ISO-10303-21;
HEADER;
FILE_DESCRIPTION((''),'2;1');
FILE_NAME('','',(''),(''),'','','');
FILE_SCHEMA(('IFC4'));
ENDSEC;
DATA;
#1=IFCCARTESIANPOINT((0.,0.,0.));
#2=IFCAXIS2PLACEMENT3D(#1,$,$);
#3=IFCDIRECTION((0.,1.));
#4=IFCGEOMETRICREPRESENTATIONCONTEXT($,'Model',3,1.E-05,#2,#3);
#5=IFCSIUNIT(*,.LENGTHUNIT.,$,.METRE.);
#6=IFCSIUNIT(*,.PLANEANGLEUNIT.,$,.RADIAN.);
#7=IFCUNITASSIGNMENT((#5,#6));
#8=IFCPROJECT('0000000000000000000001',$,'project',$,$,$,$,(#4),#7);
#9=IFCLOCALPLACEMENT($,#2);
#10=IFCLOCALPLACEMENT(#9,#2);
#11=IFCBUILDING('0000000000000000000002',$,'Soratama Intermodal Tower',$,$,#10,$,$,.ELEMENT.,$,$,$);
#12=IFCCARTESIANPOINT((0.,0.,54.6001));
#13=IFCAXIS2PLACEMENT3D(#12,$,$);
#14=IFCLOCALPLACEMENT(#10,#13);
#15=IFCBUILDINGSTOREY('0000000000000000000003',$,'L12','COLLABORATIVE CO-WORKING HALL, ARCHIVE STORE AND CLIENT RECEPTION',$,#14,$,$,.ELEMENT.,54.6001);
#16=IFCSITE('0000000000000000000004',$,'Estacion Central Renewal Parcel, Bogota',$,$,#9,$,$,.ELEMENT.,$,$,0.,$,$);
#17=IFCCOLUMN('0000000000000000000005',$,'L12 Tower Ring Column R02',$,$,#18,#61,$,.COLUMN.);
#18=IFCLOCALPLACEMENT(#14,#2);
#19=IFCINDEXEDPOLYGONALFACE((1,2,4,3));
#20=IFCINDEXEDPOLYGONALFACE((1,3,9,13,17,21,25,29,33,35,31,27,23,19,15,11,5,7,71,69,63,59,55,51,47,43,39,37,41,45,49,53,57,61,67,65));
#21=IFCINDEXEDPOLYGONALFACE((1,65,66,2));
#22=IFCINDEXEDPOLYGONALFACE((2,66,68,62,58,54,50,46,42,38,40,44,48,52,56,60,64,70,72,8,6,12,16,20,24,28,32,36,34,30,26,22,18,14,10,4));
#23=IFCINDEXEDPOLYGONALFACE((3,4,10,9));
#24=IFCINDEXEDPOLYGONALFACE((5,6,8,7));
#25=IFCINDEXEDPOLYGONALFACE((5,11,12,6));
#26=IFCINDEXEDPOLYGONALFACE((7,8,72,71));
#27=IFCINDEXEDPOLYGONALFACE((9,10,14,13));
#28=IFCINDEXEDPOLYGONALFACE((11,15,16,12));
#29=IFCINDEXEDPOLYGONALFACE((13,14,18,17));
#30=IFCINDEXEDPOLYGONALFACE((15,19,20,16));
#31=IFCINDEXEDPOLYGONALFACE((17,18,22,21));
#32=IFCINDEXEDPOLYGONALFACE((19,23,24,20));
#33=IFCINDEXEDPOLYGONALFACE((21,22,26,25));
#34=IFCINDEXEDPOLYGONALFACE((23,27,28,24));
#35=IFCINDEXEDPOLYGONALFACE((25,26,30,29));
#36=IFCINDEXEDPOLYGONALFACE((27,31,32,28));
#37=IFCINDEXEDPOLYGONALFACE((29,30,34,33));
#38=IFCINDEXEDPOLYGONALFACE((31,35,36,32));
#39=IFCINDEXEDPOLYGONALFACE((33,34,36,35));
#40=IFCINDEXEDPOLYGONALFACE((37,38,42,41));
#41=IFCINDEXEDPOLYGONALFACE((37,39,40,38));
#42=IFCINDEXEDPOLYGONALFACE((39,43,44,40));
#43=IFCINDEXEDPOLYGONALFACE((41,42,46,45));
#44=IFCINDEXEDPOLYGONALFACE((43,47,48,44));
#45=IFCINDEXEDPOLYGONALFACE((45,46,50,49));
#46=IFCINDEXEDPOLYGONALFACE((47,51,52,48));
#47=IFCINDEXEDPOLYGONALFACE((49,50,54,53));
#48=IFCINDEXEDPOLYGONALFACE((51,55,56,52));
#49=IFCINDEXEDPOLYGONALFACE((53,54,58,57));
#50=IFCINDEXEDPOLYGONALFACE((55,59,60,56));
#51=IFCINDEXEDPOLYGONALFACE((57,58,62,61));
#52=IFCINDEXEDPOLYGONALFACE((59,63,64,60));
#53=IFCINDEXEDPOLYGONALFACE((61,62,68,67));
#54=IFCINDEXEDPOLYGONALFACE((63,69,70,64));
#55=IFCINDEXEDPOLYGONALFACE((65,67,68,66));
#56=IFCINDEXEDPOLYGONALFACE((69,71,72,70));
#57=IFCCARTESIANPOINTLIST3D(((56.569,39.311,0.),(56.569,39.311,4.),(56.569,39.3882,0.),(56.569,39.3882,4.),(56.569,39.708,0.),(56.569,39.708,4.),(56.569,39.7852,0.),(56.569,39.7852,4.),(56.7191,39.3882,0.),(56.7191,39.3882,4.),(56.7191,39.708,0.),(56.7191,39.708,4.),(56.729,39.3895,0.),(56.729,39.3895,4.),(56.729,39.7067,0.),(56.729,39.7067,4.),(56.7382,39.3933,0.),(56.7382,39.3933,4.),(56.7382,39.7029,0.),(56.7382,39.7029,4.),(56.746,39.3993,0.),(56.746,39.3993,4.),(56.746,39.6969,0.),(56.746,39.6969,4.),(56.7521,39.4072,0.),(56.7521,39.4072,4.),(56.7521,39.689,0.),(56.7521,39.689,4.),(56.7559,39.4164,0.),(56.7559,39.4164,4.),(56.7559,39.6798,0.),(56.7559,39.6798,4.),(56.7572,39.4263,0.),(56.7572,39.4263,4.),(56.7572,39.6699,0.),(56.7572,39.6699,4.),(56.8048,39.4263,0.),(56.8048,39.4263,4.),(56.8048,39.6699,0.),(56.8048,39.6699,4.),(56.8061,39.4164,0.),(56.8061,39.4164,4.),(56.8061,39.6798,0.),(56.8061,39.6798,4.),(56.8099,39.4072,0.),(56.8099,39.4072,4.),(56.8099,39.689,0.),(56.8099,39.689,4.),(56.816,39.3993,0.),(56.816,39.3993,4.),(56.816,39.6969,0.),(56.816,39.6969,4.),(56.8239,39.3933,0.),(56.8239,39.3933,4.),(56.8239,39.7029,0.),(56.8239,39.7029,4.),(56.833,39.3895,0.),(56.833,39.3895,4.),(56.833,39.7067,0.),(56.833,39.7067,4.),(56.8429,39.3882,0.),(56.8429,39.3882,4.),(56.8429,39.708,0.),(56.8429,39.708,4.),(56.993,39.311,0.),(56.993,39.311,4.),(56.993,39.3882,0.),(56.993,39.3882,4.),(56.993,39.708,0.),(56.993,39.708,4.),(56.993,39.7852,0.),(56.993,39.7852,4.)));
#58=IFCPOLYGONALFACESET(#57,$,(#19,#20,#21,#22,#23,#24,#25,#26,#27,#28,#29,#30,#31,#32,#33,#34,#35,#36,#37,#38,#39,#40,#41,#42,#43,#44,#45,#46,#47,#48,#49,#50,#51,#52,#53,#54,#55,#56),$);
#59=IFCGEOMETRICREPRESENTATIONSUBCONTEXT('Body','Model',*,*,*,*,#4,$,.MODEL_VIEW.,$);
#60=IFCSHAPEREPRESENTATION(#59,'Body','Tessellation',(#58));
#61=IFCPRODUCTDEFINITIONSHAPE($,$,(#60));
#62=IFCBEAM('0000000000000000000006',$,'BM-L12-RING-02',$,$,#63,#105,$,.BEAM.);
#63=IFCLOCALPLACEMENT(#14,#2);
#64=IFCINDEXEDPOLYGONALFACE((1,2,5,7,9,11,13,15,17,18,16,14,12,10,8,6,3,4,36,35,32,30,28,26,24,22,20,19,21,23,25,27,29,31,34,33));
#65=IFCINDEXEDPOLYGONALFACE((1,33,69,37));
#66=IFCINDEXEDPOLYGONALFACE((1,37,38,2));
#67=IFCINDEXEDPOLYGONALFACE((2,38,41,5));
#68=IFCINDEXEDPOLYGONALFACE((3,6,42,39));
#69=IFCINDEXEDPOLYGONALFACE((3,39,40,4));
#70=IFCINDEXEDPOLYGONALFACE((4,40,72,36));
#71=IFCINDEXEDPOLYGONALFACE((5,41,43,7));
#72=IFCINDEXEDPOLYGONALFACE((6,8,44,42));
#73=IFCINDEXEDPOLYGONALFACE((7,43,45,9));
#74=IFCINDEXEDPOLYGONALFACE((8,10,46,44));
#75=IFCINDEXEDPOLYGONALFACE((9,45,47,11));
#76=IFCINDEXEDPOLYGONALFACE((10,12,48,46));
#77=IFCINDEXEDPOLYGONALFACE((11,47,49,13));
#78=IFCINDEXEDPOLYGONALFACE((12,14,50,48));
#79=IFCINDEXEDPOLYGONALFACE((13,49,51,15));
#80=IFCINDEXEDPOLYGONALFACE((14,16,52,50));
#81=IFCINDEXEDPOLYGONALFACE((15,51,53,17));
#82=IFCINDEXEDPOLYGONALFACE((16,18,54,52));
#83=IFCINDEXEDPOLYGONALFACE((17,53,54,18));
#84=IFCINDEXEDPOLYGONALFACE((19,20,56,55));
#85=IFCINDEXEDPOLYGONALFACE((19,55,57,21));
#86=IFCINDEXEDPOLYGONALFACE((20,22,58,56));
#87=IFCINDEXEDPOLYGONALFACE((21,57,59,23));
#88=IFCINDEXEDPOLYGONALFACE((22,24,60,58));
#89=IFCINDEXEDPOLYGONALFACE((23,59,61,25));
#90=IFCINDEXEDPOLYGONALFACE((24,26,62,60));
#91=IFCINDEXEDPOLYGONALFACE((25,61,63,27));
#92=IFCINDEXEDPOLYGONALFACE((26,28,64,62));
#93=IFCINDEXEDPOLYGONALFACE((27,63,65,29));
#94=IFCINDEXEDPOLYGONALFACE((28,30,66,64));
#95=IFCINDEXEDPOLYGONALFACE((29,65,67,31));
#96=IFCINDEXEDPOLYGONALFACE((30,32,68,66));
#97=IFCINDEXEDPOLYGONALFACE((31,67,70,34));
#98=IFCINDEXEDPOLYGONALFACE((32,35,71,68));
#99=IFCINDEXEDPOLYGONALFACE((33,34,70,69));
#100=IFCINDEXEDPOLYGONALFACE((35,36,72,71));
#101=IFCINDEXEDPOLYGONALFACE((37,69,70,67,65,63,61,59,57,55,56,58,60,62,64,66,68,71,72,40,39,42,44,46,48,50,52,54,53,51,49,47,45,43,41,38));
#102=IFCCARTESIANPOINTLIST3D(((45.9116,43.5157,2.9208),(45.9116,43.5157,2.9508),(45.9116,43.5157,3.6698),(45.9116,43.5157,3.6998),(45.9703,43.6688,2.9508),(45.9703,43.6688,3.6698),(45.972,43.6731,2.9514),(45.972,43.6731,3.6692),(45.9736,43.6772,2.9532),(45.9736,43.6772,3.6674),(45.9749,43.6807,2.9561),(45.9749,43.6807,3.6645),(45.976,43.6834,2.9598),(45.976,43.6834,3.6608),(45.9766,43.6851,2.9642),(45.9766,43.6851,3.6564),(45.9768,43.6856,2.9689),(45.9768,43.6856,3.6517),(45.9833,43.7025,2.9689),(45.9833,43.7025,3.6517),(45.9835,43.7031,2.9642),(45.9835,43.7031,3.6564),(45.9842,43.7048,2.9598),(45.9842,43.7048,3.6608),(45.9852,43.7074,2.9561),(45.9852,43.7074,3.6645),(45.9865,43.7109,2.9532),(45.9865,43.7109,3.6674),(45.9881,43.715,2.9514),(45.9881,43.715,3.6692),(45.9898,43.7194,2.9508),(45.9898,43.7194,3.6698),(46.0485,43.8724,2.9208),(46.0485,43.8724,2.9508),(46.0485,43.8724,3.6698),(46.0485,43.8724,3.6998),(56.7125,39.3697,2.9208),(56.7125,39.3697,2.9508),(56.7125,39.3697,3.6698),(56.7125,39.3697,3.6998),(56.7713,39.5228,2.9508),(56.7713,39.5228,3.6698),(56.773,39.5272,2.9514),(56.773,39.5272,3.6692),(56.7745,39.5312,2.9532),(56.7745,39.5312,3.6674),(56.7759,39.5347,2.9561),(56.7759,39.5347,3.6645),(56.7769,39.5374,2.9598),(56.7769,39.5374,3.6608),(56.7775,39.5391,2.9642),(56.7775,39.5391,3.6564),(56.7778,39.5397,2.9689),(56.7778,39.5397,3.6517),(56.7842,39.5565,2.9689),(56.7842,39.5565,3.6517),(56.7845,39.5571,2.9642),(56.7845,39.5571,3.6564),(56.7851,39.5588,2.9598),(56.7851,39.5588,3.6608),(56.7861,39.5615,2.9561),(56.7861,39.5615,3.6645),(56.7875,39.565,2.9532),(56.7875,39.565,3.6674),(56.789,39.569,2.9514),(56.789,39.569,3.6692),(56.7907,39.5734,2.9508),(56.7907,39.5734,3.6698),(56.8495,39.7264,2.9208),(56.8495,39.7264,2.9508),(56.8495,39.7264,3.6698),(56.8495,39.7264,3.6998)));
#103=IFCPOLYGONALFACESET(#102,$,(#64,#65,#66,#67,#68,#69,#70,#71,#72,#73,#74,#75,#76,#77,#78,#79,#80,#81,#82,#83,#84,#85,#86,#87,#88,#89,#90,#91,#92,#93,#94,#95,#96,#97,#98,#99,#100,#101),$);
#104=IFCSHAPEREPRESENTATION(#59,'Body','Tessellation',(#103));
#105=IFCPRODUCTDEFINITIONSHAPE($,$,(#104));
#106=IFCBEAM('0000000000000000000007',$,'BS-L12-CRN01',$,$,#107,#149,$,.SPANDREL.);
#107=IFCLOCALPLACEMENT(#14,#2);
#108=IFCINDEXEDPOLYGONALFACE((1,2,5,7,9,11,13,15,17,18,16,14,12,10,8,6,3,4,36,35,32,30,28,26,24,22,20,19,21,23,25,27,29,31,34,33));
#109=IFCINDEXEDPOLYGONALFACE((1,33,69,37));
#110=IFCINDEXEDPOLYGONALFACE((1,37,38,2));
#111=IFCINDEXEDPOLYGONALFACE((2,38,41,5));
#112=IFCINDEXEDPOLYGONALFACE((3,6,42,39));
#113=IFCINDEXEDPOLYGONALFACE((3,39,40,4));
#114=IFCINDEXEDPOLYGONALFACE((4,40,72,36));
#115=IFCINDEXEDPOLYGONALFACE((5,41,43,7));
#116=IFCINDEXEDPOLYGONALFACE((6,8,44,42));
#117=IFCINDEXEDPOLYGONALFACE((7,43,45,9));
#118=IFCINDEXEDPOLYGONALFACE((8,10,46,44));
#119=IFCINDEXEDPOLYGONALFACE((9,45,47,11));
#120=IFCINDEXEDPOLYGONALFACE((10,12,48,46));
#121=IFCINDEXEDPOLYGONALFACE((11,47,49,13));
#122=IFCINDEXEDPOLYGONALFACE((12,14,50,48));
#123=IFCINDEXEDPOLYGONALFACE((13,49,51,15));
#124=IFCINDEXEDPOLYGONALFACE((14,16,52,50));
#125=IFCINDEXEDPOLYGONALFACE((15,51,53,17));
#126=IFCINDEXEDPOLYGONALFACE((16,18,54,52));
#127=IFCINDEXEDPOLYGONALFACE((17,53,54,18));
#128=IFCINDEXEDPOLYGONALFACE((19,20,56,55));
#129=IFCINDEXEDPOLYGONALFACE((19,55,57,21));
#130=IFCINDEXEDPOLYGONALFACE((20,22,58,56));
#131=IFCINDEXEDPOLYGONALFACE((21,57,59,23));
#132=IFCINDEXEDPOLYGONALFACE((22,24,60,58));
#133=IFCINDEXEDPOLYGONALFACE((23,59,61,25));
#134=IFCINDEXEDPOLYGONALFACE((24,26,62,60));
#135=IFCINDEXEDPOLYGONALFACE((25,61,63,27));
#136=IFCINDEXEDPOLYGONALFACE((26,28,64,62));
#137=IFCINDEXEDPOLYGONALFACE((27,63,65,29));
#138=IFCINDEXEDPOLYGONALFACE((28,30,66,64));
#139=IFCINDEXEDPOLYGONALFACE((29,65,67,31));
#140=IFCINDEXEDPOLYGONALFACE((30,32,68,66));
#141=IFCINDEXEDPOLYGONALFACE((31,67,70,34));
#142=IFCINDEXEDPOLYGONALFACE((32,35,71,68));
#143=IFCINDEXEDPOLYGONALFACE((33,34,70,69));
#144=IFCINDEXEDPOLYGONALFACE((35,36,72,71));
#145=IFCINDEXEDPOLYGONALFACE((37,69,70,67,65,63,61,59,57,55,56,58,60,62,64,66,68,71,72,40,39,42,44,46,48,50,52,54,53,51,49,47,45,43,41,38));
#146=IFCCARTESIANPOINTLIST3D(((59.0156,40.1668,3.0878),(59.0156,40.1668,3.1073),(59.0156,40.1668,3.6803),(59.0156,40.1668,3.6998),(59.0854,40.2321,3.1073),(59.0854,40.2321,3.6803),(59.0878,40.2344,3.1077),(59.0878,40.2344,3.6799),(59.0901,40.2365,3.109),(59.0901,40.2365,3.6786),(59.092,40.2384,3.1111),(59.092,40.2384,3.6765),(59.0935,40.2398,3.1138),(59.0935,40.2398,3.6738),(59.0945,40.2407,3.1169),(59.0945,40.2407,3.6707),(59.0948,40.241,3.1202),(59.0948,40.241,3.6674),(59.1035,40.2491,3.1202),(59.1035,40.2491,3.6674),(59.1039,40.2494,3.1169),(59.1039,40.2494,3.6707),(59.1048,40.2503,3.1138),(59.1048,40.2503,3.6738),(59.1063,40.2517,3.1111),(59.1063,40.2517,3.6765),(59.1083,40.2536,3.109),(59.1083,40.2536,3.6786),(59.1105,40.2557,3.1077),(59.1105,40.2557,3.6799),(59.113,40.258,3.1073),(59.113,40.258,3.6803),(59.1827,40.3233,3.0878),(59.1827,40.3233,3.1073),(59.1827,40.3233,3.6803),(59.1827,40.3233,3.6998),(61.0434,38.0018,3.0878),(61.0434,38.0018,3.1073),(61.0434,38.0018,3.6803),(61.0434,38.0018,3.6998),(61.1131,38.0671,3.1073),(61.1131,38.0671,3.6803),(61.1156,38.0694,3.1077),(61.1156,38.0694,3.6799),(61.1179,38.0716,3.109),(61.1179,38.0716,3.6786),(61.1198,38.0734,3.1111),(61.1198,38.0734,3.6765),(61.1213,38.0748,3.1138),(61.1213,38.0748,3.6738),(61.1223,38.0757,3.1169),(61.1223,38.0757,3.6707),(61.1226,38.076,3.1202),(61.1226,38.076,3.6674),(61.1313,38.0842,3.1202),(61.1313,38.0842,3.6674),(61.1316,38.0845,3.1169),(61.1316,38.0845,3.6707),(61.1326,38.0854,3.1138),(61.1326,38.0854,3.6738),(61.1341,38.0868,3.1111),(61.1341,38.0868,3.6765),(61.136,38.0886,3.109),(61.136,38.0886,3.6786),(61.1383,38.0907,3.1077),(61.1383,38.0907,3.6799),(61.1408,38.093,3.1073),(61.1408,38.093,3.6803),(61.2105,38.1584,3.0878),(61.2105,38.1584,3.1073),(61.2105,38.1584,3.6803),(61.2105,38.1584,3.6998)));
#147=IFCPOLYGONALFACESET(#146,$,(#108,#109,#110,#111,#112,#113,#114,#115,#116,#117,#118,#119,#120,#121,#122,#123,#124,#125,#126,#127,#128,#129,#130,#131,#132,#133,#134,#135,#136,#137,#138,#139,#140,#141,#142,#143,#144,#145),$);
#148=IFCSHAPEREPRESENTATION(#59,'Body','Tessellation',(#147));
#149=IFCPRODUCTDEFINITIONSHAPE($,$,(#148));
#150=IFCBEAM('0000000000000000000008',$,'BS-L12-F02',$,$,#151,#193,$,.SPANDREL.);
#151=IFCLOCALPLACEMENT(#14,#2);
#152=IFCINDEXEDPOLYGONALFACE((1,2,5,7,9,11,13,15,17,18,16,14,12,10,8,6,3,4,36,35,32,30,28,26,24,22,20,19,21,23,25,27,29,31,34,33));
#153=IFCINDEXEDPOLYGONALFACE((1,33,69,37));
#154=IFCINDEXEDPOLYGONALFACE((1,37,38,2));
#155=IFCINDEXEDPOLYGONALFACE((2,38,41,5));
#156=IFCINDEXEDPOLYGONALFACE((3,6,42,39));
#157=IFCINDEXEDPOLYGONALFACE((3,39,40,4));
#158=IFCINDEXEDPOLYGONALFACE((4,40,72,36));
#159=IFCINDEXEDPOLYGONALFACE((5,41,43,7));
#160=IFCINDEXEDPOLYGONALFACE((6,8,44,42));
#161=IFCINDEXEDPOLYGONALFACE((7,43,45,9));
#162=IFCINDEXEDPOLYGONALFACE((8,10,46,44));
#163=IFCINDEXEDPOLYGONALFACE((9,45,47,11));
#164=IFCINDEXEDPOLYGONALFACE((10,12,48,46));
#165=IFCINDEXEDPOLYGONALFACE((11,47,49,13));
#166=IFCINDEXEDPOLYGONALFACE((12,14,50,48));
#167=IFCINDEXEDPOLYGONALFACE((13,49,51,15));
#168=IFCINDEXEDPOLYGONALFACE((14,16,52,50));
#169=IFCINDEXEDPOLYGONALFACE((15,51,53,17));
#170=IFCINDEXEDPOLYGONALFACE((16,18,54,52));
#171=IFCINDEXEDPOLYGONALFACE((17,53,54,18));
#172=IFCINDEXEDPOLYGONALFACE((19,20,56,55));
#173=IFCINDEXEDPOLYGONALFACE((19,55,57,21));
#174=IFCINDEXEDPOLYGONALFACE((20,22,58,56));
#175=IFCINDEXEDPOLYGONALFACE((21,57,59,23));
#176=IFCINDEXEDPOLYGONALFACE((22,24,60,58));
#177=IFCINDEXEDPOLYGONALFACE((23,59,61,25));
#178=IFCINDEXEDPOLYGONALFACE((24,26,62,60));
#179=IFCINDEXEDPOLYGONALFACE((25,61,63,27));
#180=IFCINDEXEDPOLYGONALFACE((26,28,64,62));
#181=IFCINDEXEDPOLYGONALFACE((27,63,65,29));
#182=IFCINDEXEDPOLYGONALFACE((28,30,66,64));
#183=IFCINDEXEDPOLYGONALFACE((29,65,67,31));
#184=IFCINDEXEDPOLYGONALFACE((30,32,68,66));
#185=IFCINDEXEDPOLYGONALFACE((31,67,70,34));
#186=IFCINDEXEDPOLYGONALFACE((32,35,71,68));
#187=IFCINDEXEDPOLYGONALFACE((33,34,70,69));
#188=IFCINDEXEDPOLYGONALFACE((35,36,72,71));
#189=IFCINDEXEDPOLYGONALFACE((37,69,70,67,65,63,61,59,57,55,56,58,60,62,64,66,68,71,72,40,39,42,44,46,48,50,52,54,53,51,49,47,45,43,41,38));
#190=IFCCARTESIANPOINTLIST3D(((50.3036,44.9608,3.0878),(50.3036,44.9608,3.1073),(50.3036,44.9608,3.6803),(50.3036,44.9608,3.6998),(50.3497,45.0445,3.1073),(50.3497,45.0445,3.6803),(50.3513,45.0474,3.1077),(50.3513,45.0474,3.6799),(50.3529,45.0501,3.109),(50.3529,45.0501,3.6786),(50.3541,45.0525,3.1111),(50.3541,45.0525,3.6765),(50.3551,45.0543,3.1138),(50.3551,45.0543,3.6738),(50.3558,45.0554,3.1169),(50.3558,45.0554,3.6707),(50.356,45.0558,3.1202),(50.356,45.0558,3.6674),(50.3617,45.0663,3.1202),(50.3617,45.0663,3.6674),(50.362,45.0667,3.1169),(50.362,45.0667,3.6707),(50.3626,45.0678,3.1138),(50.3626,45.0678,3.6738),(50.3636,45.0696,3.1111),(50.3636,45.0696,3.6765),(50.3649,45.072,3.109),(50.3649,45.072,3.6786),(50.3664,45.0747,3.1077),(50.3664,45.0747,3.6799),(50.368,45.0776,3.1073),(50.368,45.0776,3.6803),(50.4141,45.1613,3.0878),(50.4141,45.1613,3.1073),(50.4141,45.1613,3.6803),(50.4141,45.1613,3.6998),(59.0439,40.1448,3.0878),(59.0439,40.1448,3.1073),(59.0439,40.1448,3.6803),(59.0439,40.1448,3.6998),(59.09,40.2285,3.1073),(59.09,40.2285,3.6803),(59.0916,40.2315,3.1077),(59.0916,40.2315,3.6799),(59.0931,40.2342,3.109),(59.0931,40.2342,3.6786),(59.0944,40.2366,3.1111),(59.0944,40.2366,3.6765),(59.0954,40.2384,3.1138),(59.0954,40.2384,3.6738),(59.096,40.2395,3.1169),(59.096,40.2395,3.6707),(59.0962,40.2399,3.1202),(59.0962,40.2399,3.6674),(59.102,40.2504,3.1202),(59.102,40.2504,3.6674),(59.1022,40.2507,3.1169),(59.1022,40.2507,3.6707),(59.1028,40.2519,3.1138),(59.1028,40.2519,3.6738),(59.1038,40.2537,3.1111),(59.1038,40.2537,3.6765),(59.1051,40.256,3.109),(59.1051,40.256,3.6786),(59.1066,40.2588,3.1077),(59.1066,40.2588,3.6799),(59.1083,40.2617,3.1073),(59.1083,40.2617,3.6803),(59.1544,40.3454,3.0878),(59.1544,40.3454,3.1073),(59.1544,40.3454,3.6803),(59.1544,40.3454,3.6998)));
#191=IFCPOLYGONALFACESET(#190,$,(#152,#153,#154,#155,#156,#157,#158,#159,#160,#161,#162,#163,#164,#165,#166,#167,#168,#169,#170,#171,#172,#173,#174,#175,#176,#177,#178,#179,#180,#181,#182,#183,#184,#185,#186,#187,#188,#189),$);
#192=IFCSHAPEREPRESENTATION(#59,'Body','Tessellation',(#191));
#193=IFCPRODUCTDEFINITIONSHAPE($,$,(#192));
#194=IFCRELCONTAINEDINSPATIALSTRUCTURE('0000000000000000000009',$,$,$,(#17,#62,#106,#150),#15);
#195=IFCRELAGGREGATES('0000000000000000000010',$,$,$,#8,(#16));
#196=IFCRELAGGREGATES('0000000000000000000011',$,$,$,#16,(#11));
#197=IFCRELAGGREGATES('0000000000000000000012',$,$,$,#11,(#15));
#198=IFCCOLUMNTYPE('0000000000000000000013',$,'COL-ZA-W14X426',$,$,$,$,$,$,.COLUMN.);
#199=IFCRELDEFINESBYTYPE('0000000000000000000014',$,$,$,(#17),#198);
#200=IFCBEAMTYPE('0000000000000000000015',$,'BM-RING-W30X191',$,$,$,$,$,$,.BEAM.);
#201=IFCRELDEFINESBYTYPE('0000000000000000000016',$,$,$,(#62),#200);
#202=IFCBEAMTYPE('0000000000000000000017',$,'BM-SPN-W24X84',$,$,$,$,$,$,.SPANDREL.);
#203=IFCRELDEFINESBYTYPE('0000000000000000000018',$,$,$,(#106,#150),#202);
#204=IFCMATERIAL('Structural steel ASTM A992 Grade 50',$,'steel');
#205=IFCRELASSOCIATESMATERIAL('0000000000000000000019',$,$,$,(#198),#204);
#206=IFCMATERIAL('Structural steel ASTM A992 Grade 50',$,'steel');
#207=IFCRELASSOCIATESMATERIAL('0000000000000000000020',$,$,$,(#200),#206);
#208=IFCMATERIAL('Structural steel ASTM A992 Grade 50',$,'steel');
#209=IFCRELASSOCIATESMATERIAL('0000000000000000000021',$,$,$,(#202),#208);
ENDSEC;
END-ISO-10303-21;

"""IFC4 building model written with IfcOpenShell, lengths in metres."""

from ifc_helpers import new_model, si_unit, direction, frame, origin, origin_2d, place, context, subcontext, project, spatial, i_section, extrude, material, material_profile, profile_set, type_object, element, save


model = new_model("IFC4")

# Units and contexts
model_context = context("Model", 3, precision=1e-05, world=origin(), true_north=direction((0.0, 1.0)))
body_context = subcontext(model_context, "Body", "Model", "MODEL_VIEW")
ifc_project = project(units=[si_unit("LENGTHUNIT", "METRE"), si_unit("PLANEANGLEUNIT", "RADIAN")], contexts=[model_context])

# Site, building, storey
site_placement = place(None, origin())
site = spatial("IfcSite", under=ifc_project, at=site_placement, Name="Estacion Central Renewal Parcel, Bogota", CompositionType="ELEMENT", RefElevation=0.0)
building_placement = place(site_placement, origin())
building = spatial("IfcBuilding", under=site, at=building_placement, Name="Soratama Intermodal Tower", CompositionType="ELEMENT")
storey_placement = place(building_placement, frame((0.0, 0.0, 54.6001)))
storey = spatial("IfcBuildingStorey", under=building, at=storey_placement, Name="L12", Description="COLLABORATIVE CO-WORKING HALL, ARCHIVE STORE AND CLIENT RECEPTION", CompositionType="ELEMENT", Elevation=54.6001)

# Column
ifc_material_1 = material(Name="Structural steel ASTM A992 Grade 50", Category="steel")
ifc_material_profile_1 = material_profile(ifc_material_1, i_section(OverallWidth=0.4241, OverallDepth=0.4741, WebThickness=0.0476, FlangeThickness=0.0771, FilletRadius=0.0381, at=origin_2d()), Name="W14X426")
ifc_profile_set_1 = profile_set([ifc_material_profile_1], Name="Structural steel ASTM A992 Grade 50")
column_type = type_object("IfcColumnType", Name="COL-ZA-W14X426", PredefinedType="COLUMN", material=ifc_profile_set_1)
column_placement = place(storey_placement, frame((56.781, 39.5481, 0.0), z_axis=(0.0, 0.0, 1.0), x_axis=(1.0, 0.0, 0.0)))
element("IfcColumn", 1, at=column_placement, inside=storey, type_object=column_type, Name="L12 Tower Ring Column R02", PredefinedType="COLUMN", context=body_context, shape_type="SweptSolid", body=[
    extrude(i_section(OverallWidth=0.4241, OverallDepth=0.4741, WebThickness=0.0476, FlangeThickness=0.0771, FilletRadius=0.0381, at=origin_2d()), origin(), (0.0, 0.0, 1.0), 4.0),
])

# Beams
ifc_material_2 = material(Name="Structural steel ASTM A992 Grade 50", Category="steel")
ifc_material_profile_2 = material_profile(ifc_material_2, i_section(OverallWidth=0.3821, OverallDepth=0.7791, WebThickness=0.0181, FlangeThickness=0.03, FilletRadius=0.0181, at=origin_2d()), Name="W30X191")
ifc_profile_set_2 = profile_set([ifc_material_profile_2], Name="Structural steel ASTM A992 Grade 50")
beam_type_1 = type_object("IfcBeamType", Name="BM-RING-W30X191", PredefinedType="BEAM", material=ifc_profile_set_2)
beam_1_placement = place(storey_placement, frame((56.781, 39.5481, 3.3103), z_axis=(-0.933584, 0.358358, 0.0), x_axis=(-0.358358, -0.933584, 0.0)))
element("IfcBeam", 2, at=beam_1_placement, inside=storey, type_object=beam_type_1, Name="BM-L12-RING-02", PredefinedType="BEAM", context=body_context, shape_type="SweptSolid", body=[
    extrude(i_section(OverallWidth=0.3821, OverallDepth=0.7791, WebThickness=0.0181, FlangeThickness=0.03, FilletRadius=0.0181, at=origin_2d()), origin(), (0.0, 0.0, 1.0), 11.5693),
])
ifc_material_3 = material(Name="Structural steel ASTM A992 Grade 50", Category="steel")
ifc_material_profile_3 = material_profile(ifc_material_3, i_section(OverallWidth=0.229, OverallDepth=0.6121, WebThickness=0.012, FlangeThickness=0.0195, FilletRadius=0.0129, at=origin_2d()), Name="W24X84")
ifc_profile_set_3 = profile_set([ifc_material_profile_3], Name="Structural steel ASTM A992 Grade 50")
beam_type_2 = type_object("IfcBeamType", Name="BM-SPN-W24X84", PredefinedType="SPANDREL", material=ifc_profile_set_3)
beam_2_placement = place(storey_placement, frame((61.127, 38.0801, 3.3938), z_axis=(-0.683602, 0.729855, 0.0), x_axis=(-0.729855, -0.683602, 0.0)))
element("IfcBeam", 3, at=beam_2_placement, inside=storey, type_object=beam_type_2, Name="BS-L12-CRN01", PredefinedType="SPANDREL", context=body_context, shape_type="SweptSolid", body=[
    extrude(i_section(OverallWidth=0.229, OverallDepth=0.6121, WebThickness=0.012, FlangeThickness=0.0195, FilletRadius=0.0129, at=origin_2d()), origin(), (0.0, 0.0, 1.0), 2.9663),
])
beam_3_placement = place(storey_placement, frame((59.0991, 40.2451, 3.3938), z_axis=(-0.875844, 0.482595, 0.0), x_axis=(-0.482595, -0.875844, 0.0)))
element("IfcBeam", 4, at=beam_3_placement, inside=storey, type_object=beam_type_2, Name="BS-L12-F02", PredefinedType="SPANDREL", context=body_context, shape_type="SweptSolid", body=[
    extrude(i_section(OverallWidth=0.229, OverallDepth=0.6121, WebThickness=0.012, FlangeThickness=0.0195, FilletRadius=0.0129, at=origin_2d()), origin(), (0.0, 0.0, 1.0), 9.9792),
])

save(model, "model.ifc")
